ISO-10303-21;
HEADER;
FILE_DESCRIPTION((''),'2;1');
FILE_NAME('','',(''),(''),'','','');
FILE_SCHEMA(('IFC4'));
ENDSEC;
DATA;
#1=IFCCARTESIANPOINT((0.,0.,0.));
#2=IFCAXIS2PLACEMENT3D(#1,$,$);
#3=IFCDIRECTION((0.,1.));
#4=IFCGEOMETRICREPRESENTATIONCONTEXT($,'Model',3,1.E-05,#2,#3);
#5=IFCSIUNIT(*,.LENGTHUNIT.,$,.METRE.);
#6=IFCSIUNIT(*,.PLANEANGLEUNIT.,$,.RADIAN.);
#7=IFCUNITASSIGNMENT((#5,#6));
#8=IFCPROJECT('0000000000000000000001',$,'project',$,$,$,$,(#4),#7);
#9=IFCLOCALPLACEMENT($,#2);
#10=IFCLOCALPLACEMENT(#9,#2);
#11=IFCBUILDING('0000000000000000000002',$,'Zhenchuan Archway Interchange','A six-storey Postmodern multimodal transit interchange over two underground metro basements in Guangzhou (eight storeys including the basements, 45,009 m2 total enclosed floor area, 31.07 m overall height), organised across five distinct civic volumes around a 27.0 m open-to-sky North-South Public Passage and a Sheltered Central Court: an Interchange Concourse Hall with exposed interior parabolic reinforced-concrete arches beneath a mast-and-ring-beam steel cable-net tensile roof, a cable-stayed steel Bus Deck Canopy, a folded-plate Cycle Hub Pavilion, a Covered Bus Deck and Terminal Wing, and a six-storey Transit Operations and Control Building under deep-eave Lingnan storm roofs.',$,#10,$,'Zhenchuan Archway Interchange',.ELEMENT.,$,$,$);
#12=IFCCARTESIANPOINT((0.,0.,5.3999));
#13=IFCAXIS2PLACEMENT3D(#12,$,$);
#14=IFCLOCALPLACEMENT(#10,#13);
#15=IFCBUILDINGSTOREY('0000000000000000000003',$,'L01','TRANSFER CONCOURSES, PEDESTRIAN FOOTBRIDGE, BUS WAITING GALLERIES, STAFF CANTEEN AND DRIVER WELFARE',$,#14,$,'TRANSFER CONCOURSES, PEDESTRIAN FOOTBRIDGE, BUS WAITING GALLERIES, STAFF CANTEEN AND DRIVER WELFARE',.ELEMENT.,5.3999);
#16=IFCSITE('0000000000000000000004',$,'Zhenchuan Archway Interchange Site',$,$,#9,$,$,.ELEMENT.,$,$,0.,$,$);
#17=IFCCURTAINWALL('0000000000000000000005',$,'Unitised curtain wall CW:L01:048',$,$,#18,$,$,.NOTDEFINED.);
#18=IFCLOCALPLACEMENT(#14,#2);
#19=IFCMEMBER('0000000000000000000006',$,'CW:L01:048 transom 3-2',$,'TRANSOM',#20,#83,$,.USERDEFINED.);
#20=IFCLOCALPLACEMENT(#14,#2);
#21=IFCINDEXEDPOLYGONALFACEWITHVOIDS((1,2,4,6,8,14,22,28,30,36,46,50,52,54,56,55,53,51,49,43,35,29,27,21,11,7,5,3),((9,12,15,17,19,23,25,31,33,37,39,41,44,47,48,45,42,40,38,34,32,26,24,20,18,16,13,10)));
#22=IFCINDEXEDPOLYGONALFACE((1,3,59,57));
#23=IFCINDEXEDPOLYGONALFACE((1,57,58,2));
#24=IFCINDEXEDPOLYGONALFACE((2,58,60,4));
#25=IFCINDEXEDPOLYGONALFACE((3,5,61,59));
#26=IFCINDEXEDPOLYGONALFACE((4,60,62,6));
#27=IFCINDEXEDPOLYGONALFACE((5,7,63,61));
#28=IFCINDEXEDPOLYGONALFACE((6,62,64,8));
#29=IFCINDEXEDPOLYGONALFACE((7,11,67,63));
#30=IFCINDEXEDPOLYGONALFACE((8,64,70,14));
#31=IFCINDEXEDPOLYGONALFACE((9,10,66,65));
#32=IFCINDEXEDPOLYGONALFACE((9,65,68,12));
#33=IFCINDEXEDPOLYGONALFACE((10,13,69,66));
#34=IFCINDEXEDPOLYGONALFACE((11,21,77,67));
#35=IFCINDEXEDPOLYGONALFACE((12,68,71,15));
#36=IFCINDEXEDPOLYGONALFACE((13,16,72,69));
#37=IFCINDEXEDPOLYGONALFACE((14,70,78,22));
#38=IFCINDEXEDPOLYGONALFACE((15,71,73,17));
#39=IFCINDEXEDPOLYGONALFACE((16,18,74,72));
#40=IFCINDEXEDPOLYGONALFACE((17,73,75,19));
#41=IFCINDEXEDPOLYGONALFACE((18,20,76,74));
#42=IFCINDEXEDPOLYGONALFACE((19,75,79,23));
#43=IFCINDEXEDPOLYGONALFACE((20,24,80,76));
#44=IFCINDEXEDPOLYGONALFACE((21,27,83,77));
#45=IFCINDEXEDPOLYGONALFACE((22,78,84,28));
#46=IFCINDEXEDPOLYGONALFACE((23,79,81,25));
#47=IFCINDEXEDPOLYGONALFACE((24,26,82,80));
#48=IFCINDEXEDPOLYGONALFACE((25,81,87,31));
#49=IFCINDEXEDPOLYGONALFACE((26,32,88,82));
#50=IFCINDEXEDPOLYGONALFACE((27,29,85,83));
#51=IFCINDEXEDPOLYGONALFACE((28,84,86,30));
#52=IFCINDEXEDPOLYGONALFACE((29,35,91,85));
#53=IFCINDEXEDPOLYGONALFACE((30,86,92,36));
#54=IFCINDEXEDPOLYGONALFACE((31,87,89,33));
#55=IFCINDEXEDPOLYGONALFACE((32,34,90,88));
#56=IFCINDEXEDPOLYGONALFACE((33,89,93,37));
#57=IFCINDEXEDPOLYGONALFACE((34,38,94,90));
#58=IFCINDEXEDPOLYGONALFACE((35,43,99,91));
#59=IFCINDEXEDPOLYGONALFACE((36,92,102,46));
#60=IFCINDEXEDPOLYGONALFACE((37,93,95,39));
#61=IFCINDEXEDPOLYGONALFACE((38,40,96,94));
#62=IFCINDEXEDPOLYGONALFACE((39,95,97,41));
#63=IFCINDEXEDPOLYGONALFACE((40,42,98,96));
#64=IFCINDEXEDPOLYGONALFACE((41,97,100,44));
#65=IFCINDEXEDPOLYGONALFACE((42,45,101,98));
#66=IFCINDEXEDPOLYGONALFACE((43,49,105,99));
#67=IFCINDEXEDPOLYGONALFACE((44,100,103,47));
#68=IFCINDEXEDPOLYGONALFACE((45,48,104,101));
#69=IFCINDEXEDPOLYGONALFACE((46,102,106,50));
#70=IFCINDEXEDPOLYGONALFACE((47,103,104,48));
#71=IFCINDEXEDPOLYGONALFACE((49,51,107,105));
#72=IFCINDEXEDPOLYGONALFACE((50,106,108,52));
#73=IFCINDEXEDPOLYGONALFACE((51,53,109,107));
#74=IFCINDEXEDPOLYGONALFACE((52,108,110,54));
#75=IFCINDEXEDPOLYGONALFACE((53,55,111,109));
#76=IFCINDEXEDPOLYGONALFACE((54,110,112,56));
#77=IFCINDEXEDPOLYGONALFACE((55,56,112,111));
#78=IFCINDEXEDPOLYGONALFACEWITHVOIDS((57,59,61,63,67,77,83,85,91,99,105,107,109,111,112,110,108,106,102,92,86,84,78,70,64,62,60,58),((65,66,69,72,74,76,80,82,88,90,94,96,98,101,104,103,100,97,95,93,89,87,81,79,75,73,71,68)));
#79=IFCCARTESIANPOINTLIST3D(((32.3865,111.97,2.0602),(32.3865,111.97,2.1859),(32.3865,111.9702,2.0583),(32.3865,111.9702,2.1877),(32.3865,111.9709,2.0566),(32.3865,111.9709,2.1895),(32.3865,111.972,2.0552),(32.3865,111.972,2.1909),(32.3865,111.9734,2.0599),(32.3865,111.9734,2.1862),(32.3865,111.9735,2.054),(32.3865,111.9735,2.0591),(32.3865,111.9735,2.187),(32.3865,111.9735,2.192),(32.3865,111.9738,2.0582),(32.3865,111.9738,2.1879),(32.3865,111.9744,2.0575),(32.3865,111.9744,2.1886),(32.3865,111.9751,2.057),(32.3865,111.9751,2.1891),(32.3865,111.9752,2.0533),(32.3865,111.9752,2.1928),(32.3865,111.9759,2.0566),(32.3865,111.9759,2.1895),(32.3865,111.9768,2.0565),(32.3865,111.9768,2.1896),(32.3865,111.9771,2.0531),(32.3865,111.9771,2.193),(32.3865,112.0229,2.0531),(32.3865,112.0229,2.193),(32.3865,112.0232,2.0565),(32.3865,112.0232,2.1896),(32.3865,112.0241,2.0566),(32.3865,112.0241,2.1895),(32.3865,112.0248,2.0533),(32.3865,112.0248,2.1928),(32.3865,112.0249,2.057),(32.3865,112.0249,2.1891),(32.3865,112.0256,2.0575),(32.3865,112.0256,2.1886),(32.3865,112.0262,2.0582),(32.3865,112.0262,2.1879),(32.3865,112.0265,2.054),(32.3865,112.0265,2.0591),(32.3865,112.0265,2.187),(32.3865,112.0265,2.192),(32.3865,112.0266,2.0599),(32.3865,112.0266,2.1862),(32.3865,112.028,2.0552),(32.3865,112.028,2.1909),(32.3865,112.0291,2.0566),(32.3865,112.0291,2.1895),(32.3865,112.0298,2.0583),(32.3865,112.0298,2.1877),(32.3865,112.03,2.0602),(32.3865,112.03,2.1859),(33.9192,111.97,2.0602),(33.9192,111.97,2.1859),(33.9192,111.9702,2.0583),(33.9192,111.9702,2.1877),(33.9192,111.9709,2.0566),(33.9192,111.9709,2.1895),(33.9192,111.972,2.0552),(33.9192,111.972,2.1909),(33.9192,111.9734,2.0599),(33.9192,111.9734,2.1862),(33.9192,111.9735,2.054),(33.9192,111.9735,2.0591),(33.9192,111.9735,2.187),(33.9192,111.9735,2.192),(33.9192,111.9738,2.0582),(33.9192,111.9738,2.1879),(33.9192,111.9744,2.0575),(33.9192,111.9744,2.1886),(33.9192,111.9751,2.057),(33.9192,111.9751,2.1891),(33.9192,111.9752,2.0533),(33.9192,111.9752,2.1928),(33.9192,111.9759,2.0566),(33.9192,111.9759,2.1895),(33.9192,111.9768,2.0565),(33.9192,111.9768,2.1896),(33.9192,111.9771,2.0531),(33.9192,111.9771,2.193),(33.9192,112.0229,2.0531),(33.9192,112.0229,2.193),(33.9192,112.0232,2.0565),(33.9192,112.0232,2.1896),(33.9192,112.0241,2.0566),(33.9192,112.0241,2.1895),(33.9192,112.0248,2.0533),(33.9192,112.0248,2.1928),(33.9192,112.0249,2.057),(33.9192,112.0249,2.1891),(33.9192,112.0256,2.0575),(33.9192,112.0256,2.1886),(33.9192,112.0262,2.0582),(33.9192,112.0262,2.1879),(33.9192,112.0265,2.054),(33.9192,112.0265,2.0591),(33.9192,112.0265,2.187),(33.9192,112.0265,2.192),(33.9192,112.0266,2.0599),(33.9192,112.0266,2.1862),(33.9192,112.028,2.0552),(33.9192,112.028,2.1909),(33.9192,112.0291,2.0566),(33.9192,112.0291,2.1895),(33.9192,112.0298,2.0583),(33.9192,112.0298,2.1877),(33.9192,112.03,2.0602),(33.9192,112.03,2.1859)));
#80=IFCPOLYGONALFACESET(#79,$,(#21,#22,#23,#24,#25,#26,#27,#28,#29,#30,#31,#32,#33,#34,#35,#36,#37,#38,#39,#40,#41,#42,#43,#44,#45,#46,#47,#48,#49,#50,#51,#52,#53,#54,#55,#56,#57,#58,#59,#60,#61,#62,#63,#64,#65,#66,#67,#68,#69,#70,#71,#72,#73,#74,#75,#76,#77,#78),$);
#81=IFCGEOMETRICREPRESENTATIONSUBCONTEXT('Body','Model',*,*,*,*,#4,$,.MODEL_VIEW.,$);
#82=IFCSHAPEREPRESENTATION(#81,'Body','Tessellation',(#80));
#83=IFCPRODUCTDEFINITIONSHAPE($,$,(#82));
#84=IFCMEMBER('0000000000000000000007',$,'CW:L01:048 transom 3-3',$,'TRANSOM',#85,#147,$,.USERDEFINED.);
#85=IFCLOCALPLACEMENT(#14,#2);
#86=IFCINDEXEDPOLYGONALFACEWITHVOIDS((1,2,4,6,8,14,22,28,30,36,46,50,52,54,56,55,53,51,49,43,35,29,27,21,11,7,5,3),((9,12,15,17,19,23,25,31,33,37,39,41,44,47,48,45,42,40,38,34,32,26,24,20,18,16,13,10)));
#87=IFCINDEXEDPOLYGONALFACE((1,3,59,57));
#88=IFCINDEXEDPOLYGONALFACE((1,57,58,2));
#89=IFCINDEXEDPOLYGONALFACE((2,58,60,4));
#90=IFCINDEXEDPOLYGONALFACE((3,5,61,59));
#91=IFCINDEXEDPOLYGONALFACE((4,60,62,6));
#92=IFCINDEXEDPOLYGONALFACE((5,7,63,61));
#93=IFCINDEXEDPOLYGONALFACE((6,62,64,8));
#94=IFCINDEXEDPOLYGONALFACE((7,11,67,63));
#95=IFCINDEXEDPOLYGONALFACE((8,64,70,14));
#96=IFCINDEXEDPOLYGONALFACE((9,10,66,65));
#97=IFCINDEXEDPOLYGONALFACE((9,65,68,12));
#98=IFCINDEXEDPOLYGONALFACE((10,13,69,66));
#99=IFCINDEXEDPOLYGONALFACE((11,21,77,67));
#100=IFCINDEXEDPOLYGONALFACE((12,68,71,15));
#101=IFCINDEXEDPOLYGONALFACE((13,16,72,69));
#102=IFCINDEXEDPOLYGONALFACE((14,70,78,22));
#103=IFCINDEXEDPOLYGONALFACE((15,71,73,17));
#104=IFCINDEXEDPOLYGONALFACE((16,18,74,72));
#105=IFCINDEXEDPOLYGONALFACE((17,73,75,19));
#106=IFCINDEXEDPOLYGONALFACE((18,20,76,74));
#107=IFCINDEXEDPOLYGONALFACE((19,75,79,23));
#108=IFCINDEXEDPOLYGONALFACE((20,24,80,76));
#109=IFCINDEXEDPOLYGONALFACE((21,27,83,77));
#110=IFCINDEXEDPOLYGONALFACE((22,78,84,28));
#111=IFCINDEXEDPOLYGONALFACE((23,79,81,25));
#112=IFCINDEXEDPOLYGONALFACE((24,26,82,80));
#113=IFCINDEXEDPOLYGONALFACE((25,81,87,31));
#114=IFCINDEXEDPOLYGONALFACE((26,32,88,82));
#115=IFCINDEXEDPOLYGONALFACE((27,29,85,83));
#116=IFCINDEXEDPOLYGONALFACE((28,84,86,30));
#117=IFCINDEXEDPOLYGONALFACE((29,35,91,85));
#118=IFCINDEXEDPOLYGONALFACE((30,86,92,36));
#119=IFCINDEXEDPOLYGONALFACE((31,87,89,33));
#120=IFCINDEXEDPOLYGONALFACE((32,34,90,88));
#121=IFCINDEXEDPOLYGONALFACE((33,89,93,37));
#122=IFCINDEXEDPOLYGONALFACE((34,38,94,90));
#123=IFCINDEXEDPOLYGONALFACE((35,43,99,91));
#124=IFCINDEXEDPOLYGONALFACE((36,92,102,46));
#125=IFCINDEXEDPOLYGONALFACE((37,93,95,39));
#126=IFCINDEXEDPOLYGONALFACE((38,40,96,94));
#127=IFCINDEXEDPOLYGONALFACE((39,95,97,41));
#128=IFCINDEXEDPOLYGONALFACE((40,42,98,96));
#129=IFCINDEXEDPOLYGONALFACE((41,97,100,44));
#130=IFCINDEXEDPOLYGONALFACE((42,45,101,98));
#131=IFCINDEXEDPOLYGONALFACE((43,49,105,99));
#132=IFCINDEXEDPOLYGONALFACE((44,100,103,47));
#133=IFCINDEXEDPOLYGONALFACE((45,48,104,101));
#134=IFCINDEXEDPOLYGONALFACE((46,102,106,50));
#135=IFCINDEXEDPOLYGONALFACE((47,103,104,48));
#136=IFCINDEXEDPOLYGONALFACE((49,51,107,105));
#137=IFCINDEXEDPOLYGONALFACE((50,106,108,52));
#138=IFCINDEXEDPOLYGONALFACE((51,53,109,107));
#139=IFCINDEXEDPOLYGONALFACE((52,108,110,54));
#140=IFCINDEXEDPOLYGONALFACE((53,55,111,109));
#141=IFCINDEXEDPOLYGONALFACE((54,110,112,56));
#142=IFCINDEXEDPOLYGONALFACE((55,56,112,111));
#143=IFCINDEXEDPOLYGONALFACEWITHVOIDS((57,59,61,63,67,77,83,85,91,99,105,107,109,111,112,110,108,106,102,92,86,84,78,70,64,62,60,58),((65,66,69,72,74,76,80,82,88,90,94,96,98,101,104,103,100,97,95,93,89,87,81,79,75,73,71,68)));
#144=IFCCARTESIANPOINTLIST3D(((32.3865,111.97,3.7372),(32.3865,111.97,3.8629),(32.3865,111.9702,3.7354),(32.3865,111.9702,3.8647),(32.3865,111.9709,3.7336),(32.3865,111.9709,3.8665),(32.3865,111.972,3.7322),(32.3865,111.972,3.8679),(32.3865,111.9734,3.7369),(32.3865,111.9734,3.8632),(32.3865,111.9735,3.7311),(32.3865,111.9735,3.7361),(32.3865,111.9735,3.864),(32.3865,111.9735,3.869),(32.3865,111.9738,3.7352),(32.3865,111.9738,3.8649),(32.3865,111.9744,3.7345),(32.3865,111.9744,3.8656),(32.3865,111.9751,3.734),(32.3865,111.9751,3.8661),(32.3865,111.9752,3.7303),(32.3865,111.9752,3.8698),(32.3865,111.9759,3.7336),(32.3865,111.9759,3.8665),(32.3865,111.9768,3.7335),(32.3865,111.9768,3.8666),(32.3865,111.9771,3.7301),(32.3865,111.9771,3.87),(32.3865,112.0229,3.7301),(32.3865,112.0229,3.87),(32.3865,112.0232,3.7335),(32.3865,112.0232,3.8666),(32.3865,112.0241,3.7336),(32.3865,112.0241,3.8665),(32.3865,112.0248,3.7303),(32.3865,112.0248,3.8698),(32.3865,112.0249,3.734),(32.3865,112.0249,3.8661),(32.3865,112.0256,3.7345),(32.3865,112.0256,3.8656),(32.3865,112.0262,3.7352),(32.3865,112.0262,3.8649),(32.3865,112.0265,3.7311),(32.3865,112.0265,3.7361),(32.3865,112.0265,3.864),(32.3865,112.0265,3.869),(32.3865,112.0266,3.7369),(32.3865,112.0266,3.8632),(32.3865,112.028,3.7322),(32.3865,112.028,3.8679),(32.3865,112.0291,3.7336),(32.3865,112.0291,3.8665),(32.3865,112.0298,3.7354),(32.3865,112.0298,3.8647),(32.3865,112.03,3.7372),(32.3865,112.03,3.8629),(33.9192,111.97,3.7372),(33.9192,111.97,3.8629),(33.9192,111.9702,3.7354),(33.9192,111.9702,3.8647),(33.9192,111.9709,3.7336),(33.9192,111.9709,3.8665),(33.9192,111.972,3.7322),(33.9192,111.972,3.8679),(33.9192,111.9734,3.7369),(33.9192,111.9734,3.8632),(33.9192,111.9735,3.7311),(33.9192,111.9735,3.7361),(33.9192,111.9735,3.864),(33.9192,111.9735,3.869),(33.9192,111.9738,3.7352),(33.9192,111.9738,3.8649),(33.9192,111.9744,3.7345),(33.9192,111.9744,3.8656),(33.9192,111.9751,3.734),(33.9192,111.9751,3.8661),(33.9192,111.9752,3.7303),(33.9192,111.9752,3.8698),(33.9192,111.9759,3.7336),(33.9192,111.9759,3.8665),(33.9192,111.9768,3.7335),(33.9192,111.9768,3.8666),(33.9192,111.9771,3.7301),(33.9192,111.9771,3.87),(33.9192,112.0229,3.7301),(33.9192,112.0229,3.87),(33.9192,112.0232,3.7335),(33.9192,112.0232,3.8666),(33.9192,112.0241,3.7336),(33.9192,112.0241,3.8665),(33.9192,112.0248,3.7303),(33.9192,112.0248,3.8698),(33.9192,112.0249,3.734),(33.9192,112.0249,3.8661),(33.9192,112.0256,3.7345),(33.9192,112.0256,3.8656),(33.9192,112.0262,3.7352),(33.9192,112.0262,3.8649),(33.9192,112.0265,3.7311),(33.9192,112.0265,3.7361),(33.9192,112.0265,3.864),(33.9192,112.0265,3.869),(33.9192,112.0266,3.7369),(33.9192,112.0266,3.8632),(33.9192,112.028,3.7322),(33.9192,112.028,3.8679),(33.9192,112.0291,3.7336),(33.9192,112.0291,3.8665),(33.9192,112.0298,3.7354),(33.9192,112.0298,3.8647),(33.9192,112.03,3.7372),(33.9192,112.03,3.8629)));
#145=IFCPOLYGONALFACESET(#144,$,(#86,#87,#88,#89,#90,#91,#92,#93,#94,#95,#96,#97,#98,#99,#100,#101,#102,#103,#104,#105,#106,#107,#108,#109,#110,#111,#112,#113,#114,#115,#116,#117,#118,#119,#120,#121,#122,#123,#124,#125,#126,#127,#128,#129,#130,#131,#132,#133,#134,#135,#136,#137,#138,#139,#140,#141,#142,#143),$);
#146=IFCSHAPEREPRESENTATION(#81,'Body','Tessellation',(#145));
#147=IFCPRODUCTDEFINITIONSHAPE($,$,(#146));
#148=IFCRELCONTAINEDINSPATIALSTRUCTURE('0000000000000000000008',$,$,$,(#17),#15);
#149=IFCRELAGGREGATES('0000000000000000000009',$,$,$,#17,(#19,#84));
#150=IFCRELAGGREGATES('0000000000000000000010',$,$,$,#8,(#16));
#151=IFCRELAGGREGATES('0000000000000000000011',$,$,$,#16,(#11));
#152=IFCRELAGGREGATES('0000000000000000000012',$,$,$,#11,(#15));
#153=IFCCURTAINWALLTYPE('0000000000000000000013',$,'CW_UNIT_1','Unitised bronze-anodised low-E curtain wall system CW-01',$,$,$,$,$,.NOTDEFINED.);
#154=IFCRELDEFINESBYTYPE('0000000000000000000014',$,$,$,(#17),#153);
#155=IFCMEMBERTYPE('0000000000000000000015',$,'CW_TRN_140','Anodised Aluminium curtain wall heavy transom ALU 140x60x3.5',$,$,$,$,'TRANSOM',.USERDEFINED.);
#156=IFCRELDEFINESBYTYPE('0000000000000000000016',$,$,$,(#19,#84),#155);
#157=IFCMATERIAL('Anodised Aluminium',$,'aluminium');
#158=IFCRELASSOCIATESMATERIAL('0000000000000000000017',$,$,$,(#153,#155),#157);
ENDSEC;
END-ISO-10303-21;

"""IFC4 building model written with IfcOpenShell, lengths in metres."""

from ifc_helpers import new_model, si_unit, direction, frame, origin, origin_2d, place, context, subcontext, project, spatial, hollow_rectangle, extrude, material, material_profile, profile_set, type_object, element, aggregate, save


model = new_model("IFC4")

# Units and contexts
model_context = context("Model", 3, precision=1e-05, world=origin(), true_north=direction((0.0, 1.0)))
body_context = subcontext(model_context, "Body", "Model", "MODEL_VIEW")
ifc_project = project(units=[si_unit("LENGTHUNIT", "METRE"), si_unit("PLANEANGLEUNIT", "RADIAN")], contexts=[model_context])

# Site, building, storey
site_placement = place(None, origin())
site = spatial("IfcSite", under=ifc_project, at=site_placement, Name="Zhenchuan Archway Interchange Site", CompositionType="ELEMENT", RefElevation=0.0)
building_placement = place(site_placement, origin())
building = spatial("IfcBuilding", under=site, at=building_placement, Name="Zhenchuan Archway Interchange", Description="A six-storey Postmodern multimodal transit interchange over two underground metro basements in Guangzhou (eight storeys including the basements, 45,009 m2 total enclosed floor area, 31.07 m overall height), organised across five distinct civic volumes around a 27.0 m open-to-sky North-South Public Passage and a Sheltered Central Court: an Interchange Concourse Hall with exposed interior parabolic reinforced-concrete arches beneath a mast-and-ring-beam steel cable-net tensile roof, a cable-stayed steel Bus Deck Canopy, a folded-plate Cycle Hub Pavilion, a Covered Bus Deck and Terminal Wing, and a six-storey Transit Operations and Control Building under deep-eave Lingnan storm roofs.", LongName="Zhenchuan Archway Interchange", CompositionType="ELEMENT")
storey_placement = place(building_placement, frame((0.0, 0.0, 5.3999)))
storey = spatial("IfcBuildingStorey", under=building, at=storey_placement, Name="L01", Description="TRANSFER CONCOURSES, PEDESTRIAN FOOTBRIDGE, BUS WAITING GALLERIES, STAFF CANTEEN AND DRIVER WELFARE", LongName="TRANSFER CONCOURSES, PEDESTRIAN FOOTBRIDGE, BUS WAITING GALLERIES, STAFF CANTEEN AND DRIVER WELFARE", CompositionType="ELEMENT", Elevation=5.3999)

# Curtain wall
ifc_material_1 = material(Name="Anodised Aluminium", Category="aluminium")
curtain_wall_type_1 = type_object("IfcCurtainWallType", Name="CW_UNIT_1", Description="Unitised bronze-anodised low-E curtain wall system CW-01", PredefinedType="NOTDEFINED", material=ifc_material_1)
curtain_wall_1_placement = place(storey_placement, origin())
curtain_wall_1 = element("IfcCurtainWall", 1, at=curtain_wall_1_placement, inside=storey, type_object=curtain_wall_type_1, Name="Unitised curtain wall CW:L01:048", PredefinedType="NOTDEFINED")

# Members
ifc_material_profile_1 = material_profile(ifc_material_1, hollow_rectangle(XDim=0.0601, YDim=0.1399, WallThickness=0.0034, InnerFilletRadius=0.0034, OuterFilletRadius=0.0071, at=origin_2d()), Name="ALU 140x60x3.5")
ifc_profile_set_1 = profile_set([ifc_material_profile_1], Name="Anodised Aluminium")
member_type_1 = type_object("IfcMemberType", Name="CW_TRN_140", Description="Anodised Aluminium curtain wall heavy transom ALU 140x60x3.5", ElementType="TRANSOM", PredefinedType="USERDEFINED", material=ifc_profile_set_1)
member_1_placement = place(storey_placement, frame((32.3865, 112.0, 2.123), z_axis=(1.0, 0.0, 0.0), x_axis=(0.0, 1.0, 0.0)))
member_1 = element("IfcMember", 2, at=member_1_placement, type_object=member_type_1, Name="CW:L01:048 transom 3-2", ObjectType="TRANSOM", PredefinedType="USERDEFINED", context=body_context, shape_type="SweptSolid", body=[
    extrude(hollow_rectangle(XDim=0.0601, YDim=0.1399, WallThickness=0.0034, InnerFilletRadius=0.0034, OuterFilletRadius=0.0071, at=origin_2d()), origin(), (0.0, 0.0, 1.0), 1.5327),
])
member_2_placement = place(storey_placement, frame((32.3865, 112.0, 3.8), z_axis=(1.0, 0.0, 0.0), x_axis=(0.0, 1.0, 0.0)))
member_2 = element("IfcMember", 3, at=member_2_placement, type_object=member_type_1, Name="CW:L01:048 transom 3-3", ObjectType="TRANSOM", PredefinedType="USERDEFINED", context=body_context, shape_type="SweptSolid", body=[
    extrude(hollow_rectangle(XDim=0.0601, YDim=0.1399, WallThickness=0.0034, InnerFilletRadius=0.0034, OuterFilletRadius=0.0071, at=origin_2d()), origin(), (0.0, 0.0, 1.0), 1.5327),
])

aggregate(curtain_wall_1, [member_1, member_2])

save(model, "model.ifc")
